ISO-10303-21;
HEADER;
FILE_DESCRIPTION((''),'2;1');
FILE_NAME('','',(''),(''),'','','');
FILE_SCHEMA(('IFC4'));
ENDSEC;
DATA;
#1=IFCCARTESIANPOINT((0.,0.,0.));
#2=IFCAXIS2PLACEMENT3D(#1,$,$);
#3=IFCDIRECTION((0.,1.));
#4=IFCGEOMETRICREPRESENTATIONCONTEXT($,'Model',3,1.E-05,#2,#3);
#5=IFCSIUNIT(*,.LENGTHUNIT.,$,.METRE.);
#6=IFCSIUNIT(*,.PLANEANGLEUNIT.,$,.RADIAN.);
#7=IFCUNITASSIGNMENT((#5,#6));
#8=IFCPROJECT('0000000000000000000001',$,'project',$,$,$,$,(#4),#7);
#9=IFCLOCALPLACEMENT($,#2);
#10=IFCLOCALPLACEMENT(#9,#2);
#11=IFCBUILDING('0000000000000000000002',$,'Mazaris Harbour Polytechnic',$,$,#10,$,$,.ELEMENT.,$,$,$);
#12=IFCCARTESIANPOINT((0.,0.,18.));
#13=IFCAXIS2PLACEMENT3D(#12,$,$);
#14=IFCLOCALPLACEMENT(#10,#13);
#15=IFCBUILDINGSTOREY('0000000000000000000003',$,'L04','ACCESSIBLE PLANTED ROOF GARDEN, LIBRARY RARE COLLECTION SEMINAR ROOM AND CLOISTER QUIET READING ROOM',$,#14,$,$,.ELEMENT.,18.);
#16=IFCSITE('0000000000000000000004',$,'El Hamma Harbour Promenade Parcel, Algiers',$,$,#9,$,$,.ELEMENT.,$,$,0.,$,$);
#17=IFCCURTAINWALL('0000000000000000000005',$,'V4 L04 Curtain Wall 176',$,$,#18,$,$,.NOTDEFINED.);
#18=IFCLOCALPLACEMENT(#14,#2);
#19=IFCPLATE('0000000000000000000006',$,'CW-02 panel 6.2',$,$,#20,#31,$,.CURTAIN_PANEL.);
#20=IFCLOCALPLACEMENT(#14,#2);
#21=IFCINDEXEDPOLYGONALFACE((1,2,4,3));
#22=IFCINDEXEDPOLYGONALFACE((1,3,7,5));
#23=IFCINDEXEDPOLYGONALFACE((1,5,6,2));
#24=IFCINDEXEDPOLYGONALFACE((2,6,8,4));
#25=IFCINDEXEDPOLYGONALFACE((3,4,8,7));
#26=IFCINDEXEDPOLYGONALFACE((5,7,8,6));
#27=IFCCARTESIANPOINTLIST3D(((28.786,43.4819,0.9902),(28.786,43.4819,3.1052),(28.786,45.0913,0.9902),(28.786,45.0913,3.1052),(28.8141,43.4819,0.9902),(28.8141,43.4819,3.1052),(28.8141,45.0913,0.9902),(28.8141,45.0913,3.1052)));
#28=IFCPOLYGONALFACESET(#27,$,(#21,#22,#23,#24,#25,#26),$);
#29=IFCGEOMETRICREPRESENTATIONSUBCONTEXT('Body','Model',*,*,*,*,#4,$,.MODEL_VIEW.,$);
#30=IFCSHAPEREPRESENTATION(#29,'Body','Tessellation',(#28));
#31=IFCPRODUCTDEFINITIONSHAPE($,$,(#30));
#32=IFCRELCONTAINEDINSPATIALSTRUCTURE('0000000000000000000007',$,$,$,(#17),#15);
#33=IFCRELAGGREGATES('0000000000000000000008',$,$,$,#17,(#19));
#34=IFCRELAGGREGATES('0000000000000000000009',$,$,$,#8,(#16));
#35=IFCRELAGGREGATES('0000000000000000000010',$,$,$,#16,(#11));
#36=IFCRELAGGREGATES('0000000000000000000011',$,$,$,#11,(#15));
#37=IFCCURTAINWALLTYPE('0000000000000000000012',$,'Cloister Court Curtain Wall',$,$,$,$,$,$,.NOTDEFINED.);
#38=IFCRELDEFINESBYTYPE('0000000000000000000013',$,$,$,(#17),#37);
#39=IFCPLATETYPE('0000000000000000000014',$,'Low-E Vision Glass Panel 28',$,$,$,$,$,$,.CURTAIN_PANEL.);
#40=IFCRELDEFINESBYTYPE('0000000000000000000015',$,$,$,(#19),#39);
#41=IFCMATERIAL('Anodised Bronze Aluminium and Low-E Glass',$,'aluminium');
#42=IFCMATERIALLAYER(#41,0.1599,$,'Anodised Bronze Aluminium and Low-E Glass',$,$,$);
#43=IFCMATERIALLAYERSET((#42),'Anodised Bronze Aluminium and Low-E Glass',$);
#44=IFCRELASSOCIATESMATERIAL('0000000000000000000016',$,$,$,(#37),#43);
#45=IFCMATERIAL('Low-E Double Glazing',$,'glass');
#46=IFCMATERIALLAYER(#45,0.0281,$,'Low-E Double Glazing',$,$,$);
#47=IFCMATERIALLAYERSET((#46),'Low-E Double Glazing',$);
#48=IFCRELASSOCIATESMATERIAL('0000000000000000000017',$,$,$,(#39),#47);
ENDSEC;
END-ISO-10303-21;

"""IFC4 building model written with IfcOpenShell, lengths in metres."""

from ifc_helpers import new_model, si_unit, direction, frame, origin, origin_2d, place, context, subcontext, project, spatial, rectangle, extrude, material, layer, layer_set, type_object, element, aggregate, save


model = new_model("IFC4")

# Units and contexts
model_context = context("Model", 3, precision=1e-05, world=origin(), true_north=direction((0.0, 1.0)))
body_context = subcontext(model_context, "Body", "Model", "MODEL_VIEW")
ifc_project = project(units=[si_unit("LENGTHUNIT", "METRE"), si_unit("PLANEANGLEUNIT", "RADIAN")], contexts=[model_context])

# Site, building, storey
site_placement = place(None, origin())
site = spatial("IfcSite", under=ifc_project, at=site_placement, Name="El Hamma Harbour Promenade Parcel, Algiers", CompositionType="ELEMENT", RefElevation=0.0)
building_placement = place(site_placement, origin())
building = spatial("IfcBuilding", under=site, at=building_placement, Name="Mazaris Harbour Polytechnic", CompositionType="ELEMENT")
storey_placement = place(building_placement, frame((0.0, 0.0, 18.0)))
storey = spatial("IfcBuildingStorey", under=building, at=storey_placement, Name="L04", Description="ACCESSIBLE PLANTED ROOF GARDEN, LIBRARY RARE COLLECTION SEMINAR ROOM AND CLOISTER QUIET READING ROOM", CompositionType="ELEMENT", Elevation=18.0)

# Curtain wall, plate
ifc_material_1 = material(Name="Anodised Bronze Aluminium and Low-E Glass", Category="aluminium")
ifc_layer_1 = layer(ifc_material_1, 0.1599, Name="Anodised Bronze Aluminium and Low-E Glass")
ifc_layer_set_1 = layer_set([ifc_layer_1], Name="Anodised Bronze Aluminium and Low-E Glass")
curtain_wall_type = type_object("IfcCurtainWallType", Name="Cloister Court Curtain Wall", PredefinedType="NOTDEFINED", material=ifc_layer_set_1)
curtain_wall_placement = place(storey_placement, origin())
curtain_wall = element("IfcCurtainWall", 1, at=curtain_wall_placement, inside=storey, type_object=curtain_wall_type, Name="V4 L04 Curtain Wall 176", PredefinedType="NOTDEFINED")
ifc_material_2 = material(Name="Low-E Double Glazing", Category="glass")
ifc_layer_2 = layer(ifc_material_2, 0.0281, Name="Low-E Double Glazing")
ifc_layer_set_2 = layer_set([ifc_layer_2], Name="Low-E Double Glazing")
plate_type = type_object("IfcPlateType", Name="Low-E Vision Glass Panel 28", PredefinedType="CURTAIN_PANEL", material=ifc_layer_set_2)
plate_1_placement = place(storey_placement, frame((28.8, 44.2866, 0.9902), z_axis=(0.0, 0.0, 1.0), x_axis=(0.0, -1.0, 0.0)))
plate_1 = element("IfcPlate", 2, at=plate_1_placement, type_object=plate_type, Name="CW-02 panel 6.2", PredefinedType="CURTAIN_PANEL", context=body_context, shape_type="SweptSolid", body=[
    extrude(rectangle(XDim=1.6094, YDim=0.0281, at=origin_2d()), origin(), (0.0, 0.0, 1.0), 2.115),
])
aggregate(curtain_wall, [plate_1])

save(model, "model.ifc")
